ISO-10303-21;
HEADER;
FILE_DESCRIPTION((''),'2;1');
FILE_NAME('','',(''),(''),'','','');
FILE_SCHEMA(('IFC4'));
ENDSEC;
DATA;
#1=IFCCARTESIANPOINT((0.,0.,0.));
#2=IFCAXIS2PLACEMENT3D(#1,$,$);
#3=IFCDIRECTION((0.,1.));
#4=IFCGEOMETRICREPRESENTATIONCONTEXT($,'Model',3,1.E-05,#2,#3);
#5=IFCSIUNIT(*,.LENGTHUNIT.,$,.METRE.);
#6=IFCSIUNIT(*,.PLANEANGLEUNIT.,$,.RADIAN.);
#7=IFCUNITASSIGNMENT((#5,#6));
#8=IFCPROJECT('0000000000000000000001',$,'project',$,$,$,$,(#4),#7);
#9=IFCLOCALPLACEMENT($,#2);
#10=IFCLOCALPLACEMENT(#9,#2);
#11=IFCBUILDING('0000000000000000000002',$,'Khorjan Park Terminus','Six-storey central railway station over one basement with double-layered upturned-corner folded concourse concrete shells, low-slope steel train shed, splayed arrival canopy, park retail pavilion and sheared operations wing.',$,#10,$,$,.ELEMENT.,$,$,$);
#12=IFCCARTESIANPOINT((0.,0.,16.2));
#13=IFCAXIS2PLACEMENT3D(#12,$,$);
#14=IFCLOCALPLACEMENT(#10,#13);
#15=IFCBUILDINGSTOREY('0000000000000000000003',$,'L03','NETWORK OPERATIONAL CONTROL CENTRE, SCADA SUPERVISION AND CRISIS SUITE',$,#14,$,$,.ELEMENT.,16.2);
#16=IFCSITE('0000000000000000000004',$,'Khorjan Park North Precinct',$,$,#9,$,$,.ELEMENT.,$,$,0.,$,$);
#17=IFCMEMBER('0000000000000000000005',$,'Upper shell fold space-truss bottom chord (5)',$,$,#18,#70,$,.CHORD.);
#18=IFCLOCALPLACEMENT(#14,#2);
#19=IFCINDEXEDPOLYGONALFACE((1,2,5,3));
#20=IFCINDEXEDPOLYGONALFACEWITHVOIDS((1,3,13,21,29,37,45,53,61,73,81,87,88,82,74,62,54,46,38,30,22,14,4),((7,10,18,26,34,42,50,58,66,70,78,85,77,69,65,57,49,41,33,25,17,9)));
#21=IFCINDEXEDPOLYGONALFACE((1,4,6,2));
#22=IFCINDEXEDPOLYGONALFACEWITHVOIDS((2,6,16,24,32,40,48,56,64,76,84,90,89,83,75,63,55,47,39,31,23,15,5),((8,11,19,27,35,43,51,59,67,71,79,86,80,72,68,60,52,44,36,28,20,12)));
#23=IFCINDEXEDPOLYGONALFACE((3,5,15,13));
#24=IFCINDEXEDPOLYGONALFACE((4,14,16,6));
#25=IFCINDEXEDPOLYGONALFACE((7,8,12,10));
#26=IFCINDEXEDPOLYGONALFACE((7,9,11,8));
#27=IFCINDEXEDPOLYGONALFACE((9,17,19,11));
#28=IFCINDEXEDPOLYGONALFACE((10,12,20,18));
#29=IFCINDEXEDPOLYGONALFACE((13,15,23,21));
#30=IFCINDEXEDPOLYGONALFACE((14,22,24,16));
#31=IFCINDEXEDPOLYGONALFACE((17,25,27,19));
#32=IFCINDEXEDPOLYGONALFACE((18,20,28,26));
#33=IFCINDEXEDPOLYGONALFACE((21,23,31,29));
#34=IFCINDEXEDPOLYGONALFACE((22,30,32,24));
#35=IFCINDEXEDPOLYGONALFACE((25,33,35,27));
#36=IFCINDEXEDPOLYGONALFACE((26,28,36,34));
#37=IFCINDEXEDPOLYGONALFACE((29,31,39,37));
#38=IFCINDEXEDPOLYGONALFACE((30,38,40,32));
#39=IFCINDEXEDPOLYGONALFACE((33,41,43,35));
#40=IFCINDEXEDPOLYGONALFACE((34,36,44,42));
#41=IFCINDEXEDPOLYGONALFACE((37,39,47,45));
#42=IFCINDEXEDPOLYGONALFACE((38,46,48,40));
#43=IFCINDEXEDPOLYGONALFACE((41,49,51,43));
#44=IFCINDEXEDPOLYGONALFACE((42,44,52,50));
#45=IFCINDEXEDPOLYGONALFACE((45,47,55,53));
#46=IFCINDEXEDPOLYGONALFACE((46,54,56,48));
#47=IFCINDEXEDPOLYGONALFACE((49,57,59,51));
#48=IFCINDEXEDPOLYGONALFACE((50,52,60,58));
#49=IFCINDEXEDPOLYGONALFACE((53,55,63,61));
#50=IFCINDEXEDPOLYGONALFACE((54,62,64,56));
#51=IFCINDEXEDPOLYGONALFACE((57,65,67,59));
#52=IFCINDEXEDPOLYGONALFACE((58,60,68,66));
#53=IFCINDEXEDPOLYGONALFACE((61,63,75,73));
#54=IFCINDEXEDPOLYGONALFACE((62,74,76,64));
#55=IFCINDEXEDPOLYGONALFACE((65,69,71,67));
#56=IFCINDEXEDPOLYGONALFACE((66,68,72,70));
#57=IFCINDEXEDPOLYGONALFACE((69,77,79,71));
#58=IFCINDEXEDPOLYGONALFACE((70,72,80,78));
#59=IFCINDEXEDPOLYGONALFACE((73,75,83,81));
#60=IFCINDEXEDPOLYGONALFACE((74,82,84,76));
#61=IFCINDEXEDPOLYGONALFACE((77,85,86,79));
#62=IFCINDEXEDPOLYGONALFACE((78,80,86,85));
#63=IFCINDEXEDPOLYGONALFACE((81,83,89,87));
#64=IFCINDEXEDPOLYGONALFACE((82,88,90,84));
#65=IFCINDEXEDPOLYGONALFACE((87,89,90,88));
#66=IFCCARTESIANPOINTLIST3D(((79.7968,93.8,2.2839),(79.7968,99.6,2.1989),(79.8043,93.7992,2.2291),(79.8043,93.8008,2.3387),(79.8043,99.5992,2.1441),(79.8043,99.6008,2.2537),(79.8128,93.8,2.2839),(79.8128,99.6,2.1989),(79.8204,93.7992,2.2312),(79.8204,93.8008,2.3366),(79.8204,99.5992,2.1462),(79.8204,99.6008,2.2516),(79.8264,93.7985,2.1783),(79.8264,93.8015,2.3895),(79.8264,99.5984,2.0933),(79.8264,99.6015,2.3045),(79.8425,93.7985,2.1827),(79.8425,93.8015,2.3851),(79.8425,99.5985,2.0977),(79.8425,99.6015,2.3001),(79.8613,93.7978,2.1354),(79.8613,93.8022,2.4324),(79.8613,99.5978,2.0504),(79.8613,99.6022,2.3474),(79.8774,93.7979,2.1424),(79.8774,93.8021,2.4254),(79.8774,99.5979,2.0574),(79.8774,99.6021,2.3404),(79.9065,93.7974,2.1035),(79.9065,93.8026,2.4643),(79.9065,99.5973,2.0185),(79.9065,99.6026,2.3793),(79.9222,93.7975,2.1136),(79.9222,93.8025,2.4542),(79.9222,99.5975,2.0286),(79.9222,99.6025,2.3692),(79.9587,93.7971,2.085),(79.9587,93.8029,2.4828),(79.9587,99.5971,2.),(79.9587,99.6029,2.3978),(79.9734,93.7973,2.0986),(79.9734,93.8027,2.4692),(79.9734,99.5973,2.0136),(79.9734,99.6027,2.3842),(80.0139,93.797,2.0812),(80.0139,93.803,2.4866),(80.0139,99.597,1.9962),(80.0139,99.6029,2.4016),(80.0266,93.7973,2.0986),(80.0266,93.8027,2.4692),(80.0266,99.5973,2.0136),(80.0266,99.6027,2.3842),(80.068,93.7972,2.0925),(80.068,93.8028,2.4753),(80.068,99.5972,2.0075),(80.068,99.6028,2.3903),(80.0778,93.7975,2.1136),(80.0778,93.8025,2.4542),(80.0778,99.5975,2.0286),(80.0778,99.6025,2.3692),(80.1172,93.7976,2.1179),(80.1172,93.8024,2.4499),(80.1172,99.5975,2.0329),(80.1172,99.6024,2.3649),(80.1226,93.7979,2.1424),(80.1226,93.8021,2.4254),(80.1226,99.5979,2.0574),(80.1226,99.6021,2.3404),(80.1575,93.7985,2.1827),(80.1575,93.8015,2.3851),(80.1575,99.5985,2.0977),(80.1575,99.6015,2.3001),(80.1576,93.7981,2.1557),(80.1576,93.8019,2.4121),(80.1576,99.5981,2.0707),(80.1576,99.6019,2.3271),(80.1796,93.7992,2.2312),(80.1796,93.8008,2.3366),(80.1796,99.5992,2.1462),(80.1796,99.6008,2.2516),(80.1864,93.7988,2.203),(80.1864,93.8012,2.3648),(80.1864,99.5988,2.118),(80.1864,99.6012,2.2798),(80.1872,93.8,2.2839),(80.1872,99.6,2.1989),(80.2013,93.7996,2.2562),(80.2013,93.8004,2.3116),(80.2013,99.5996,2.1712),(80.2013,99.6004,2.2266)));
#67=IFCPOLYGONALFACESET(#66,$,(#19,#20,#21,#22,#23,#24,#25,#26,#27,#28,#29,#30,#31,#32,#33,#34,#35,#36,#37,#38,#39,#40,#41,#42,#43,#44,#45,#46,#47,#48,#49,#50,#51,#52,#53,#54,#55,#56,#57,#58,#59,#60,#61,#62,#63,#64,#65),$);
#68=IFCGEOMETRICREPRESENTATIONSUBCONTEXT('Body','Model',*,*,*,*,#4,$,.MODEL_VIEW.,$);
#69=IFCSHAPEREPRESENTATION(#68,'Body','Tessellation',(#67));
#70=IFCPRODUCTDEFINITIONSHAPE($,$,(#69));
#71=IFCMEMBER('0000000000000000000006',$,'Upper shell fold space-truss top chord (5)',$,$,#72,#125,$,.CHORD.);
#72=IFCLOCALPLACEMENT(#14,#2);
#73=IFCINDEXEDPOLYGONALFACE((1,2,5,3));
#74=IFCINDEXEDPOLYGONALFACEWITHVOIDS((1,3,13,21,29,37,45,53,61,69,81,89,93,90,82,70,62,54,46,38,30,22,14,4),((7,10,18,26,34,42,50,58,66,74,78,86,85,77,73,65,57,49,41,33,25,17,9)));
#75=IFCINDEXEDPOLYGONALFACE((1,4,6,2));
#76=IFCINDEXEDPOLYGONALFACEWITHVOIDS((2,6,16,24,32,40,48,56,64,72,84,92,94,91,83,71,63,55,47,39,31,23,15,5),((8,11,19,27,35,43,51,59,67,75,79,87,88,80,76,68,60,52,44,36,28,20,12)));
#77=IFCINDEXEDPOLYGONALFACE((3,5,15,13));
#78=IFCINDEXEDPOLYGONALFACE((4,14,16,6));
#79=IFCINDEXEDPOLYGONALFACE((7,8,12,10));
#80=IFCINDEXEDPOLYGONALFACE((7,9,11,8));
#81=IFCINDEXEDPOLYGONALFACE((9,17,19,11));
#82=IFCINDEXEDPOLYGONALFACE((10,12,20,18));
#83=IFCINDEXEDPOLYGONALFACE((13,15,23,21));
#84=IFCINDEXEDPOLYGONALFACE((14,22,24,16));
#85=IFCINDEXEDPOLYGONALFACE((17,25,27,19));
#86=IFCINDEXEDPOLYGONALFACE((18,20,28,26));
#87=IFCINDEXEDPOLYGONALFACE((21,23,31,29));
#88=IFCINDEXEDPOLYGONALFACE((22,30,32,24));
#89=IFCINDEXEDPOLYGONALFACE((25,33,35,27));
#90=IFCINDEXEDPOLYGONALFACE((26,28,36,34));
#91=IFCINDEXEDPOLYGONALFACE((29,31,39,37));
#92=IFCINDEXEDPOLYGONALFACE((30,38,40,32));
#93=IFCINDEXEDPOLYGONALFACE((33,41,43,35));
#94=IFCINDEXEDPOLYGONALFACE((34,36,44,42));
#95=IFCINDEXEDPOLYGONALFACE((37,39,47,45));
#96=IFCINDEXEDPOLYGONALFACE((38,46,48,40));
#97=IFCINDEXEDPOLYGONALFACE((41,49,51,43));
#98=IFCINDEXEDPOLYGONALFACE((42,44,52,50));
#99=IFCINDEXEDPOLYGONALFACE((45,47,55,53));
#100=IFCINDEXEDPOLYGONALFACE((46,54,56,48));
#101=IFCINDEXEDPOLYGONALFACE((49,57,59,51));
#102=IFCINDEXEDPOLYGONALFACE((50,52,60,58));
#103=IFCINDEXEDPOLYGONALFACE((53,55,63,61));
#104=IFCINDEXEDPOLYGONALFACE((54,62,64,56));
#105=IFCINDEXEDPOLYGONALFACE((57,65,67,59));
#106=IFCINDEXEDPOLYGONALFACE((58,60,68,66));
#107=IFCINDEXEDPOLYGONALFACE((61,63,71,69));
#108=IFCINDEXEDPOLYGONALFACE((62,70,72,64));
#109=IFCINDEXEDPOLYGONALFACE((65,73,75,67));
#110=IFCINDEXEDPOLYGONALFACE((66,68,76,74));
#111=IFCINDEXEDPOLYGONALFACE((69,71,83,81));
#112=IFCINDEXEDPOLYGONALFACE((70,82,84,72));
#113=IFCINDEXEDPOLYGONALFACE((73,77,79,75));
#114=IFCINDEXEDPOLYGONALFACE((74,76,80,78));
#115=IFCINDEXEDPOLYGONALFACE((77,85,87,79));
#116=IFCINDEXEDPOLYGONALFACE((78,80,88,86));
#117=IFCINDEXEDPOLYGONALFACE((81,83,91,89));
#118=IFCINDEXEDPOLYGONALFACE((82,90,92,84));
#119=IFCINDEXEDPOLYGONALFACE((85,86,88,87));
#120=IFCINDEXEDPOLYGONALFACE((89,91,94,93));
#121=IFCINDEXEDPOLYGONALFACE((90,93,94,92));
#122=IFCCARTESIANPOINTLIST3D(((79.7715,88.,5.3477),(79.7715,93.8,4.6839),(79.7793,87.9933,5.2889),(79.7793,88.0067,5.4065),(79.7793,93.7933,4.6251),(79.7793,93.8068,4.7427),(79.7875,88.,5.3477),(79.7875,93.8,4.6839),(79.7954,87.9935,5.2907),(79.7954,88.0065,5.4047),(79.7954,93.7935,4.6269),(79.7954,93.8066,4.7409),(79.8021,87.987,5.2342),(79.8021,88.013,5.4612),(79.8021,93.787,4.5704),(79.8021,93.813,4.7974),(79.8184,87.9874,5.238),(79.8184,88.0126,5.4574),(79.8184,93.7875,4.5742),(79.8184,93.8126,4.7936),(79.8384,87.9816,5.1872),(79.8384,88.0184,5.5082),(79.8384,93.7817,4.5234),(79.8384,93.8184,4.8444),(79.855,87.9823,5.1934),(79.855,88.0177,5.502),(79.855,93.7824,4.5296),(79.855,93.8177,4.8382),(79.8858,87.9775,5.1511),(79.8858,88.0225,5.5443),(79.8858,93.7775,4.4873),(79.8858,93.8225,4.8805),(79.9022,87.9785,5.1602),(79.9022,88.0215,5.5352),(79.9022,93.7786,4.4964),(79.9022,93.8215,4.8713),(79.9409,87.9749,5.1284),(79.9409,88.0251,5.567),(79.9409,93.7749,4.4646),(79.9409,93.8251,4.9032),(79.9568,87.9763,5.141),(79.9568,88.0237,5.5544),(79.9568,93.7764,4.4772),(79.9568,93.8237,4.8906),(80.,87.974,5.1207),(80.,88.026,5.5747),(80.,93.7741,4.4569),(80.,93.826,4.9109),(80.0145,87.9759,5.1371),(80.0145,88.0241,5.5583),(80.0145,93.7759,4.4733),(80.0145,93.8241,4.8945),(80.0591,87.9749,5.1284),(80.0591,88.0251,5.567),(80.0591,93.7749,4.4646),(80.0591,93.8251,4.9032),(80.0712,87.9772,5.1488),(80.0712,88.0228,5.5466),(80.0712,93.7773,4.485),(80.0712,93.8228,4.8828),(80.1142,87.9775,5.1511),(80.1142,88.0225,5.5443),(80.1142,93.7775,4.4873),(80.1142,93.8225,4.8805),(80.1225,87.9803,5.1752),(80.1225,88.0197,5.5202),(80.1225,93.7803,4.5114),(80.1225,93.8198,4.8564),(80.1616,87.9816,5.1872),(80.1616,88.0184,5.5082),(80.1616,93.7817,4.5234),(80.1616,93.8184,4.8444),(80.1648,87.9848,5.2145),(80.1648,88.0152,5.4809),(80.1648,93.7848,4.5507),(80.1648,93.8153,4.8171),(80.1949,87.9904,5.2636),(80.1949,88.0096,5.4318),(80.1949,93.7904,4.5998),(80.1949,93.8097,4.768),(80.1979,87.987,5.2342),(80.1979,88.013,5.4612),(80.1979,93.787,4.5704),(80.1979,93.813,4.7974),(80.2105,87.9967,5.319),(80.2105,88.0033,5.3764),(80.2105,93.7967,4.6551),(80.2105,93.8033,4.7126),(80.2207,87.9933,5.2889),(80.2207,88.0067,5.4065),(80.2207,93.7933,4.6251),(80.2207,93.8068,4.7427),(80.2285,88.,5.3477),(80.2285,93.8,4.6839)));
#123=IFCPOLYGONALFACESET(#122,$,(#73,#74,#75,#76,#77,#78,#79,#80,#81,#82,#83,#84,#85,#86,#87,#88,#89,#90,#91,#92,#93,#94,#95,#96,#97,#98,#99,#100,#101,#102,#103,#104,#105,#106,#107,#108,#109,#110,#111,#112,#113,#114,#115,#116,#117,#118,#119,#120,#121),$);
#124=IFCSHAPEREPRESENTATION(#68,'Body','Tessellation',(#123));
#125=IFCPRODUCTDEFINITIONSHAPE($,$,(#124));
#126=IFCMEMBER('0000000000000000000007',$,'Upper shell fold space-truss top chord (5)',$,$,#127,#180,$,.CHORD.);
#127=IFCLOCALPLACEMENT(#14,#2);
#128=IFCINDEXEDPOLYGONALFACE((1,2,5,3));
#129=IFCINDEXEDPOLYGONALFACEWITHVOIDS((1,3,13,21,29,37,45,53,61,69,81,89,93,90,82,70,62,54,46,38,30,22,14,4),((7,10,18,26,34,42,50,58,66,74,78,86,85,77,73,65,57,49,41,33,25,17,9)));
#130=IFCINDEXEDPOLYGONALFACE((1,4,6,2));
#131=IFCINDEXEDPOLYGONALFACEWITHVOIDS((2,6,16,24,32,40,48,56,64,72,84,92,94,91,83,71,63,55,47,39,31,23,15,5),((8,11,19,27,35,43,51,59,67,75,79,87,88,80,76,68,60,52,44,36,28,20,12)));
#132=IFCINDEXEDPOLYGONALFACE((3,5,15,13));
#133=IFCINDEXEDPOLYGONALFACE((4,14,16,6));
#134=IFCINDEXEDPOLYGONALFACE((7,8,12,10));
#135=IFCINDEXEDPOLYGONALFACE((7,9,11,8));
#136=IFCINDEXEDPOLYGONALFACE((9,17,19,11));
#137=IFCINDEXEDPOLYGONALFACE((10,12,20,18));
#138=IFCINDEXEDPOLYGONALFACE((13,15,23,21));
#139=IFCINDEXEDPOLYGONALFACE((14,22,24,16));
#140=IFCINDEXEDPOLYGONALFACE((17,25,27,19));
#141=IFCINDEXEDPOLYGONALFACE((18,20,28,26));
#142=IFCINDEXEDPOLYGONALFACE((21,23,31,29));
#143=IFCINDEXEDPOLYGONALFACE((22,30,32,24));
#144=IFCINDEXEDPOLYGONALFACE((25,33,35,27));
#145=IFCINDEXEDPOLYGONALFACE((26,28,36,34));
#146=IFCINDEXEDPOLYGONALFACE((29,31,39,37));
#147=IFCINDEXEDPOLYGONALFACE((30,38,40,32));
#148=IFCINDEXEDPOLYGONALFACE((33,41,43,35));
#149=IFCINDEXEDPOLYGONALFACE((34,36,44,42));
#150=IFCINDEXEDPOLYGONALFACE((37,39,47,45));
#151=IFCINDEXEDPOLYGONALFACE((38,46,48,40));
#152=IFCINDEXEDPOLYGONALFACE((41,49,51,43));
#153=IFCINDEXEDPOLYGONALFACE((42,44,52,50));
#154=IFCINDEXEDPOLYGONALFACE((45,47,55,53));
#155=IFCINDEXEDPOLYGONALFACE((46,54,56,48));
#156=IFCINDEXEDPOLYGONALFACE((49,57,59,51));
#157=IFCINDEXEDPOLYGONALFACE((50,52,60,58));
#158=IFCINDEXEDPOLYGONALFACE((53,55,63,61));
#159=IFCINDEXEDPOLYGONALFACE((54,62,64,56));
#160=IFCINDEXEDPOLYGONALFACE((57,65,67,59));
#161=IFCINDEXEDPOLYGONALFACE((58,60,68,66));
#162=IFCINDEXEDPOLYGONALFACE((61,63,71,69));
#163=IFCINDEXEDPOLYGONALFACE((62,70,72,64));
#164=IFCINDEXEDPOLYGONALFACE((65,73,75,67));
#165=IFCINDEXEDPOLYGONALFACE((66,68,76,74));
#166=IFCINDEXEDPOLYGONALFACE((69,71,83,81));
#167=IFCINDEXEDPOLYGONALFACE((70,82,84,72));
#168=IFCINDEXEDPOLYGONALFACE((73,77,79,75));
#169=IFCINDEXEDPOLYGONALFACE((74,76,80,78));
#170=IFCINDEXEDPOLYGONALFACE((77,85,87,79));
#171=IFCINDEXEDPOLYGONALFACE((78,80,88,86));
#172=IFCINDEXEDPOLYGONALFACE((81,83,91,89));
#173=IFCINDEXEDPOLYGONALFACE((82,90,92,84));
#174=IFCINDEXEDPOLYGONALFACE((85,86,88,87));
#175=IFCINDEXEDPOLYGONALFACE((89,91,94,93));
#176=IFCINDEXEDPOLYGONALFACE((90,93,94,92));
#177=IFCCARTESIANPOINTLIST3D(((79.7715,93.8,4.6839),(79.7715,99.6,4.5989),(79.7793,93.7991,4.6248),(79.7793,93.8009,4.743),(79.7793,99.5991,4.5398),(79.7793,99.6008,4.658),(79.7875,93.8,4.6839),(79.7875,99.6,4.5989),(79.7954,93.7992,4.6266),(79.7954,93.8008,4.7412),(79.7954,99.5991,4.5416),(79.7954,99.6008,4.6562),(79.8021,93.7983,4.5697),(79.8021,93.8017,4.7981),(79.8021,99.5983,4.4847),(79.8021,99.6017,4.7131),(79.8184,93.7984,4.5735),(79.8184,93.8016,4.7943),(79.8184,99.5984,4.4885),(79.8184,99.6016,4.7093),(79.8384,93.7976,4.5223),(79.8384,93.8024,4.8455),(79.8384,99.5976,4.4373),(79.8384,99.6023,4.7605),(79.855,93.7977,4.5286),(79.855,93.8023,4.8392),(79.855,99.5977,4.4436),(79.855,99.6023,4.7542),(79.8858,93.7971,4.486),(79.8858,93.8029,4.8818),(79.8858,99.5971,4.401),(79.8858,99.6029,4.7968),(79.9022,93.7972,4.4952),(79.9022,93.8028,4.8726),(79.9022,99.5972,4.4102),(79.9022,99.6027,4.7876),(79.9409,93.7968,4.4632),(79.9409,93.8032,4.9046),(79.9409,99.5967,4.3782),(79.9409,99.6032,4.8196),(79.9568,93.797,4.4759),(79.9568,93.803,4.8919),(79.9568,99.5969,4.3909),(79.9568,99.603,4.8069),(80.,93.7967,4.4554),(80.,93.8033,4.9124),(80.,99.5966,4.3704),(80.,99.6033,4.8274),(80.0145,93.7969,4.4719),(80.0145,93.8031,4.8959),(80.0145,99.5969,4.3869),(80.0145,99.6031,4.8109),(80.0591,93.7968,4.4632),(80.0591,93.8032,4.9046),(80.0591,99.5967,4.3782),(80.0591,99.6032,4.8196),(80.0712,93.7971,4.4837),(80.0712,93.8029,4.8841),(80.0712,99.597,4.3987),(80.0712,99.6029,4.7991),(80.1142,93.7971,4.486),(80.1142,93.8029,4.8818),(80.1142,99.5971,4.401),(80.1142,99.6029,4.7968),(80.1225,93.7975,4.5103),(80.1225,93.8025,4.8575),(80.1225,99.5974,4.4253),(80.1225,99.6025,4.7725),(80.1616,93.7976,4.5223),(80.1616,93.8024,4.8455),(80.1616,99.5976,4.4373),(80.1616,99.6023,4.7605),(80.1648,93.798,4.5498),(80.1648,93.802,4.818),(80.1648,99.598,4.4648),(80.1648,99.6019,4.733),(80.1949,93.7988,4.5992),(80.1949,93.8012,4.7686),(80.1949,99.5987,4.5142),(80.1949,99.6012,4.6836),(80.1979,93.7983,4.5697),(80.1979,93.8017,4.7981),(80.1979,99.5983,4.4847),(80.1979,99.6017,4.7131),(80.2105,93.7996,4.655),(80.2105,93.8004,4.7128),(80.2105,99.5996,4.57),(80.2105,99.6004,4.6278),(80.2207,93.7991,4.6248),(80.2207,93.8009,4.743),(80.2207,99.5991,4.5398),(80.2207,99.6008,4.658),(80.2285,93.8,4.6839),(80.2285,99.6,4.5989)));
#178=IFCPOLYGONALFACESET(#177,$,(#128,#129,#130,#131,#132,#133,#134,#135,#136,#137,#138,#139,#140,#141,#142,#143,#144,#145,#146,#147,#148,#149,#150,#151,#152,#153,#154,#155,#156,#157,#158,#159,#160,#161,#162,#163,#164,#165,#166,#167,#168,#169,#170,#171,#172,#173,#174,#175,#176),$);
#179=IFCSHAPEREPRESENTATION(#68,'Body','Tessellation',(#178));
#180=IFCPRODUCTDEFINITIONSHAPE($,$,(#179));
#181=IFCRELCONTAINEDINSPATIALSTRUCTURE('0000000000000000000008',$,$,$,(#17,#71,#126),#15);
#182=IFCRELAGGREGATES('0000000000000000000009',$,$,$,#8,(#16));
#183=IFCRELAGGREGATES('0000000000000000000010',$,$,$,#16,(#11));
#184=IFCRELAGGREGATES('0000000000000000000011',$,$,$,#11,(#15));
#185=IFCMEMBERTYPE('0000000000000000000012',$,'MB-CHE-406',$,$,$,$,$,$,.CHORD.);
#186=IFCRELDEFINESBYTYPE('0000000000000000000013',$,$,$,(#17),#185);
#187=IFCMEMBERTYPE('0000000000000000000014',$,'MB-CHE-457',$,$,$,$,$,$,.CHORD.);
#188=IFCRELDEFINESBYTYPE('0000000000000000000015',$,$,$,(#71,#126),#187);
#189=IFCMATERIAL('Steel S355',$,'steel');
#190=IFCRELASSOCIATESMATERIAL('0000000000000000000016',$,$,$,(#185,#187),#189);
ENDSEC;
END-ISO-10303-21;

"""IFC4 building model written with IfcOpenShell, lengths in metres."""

from ifc_helpers import new_model, si_unit, direction, frame, origin, origin_2d, place, context, subcontext, project, spatial, hollow_circle, extrude, material, material_profile, profile_set, type_object, element, save


model = new_model("IFC4")

# Units and contexts
model_context = context("Model", 3, precision=1e-05, world=origin(), true_north=direction((0.0, 1.0)))
body_context = subcontext(model_context, "Body", "Model", "MODEL_VIEW")
ifc_project = project(units=[si_unit("LENGTHUNIT", "METRE"), si_unit("PLANEANGLEUNIT", "RADIAN")], contexts=[model_context])

# Site, building, storey
site_placement = place(None, origin())
site = spatial("IfcSite", under=ifc_project, at=site_placement, Name="Khorjan Park North Precinct", CompositionType="ELEMENT", RefElevation=0.0)
building_placement = place(site_placement, origin())
building = spatial("IfcBuilding", under=site, at=building_placement, Name="Khorjan Park Terminus", Description="Six-storey central railway station over one basement with double-layered upturned-corner folded concourse concrete shells, low-slope steel train shed, splayed arrival canopy, park retail pavilion and sheared operations wing.", CompositionType="ELEMENT")
storey_placement = place(building_placement, frame((0.0, 0.0, 16.2)))
storey = spatial("IfcBuildingStorey", under=building, at=storey_placement, Name="L03", Description="NETWORK OPERATIONAL CONTROL CENTRE, SCADA SUPERVISION AND CRISIS SUITE", CompositionType="ELEMENT", Elevation=16.2)

# Members
ifc_material_1 = material(Name="Steel S355", Category="steel")
ifc_material_profile_1 = material_profile(ifc_material_1, hollow_circle(Radius=0.2032, WallThickness=0.016, at=origin_2d()), Name="CHS 406.4x16")
ifc_profile_set_1 = profile_set([ifc_material_profile_1], Name="Steel S355")
member_type_1 = type_object("IfcMemberType", Name="MB-CHE-406", PredefinedType="CHORD", material=ifc_profile_set_1)
member_1_placement = place(storey_placement, frame((80.0, 93.8, 2.2839), z_axis=(0.0, 0.999893, -0.014654), x_axis=(-1.0, 0.0, 0.0)))
element("IfcMember", 1, at=member_1_placement, inside=storey, type_object=member_type_1, Name="Upper shell fold space-truss bottom chord (5)", PredefinedType="CHORD", context=body_context, shape_type="SweptSolid", body=[
    extrude(hollow_circle(Radius=0.2032, WallThickness=0.016, at=origin_2d()), origin(), (0.0, 0.0, 1.0), 5.8006),
])
ifc_material_profile_2 = material_profile(ifc_material_1, hollow_circle(Radius=0.2285, WallThickness=0.016, at=origin_2d()), Name="CHS 457x16")
ifc_profile_set_2 = profile_set([ifc_material_profile_2], Name="Steel S355")
member_type_2 = type_object("IfcMemberType", Name="MB-CHE-457", PredefinedType="CHORD", material=ifc_profile_set_2)
member_2_placement = place(storey_placement, frame((80.0, 88.0, 5.3477), z_axis=(0.0, 0.993514, -0.113706), x_axis=(-1.0, 0.0, 0.0)))
element("IfcMember", 2, at=member_2_placement, inside=storey, type_object=member_type_2, Name="Upper shell fold space-truss top chord (5)", PredefinedType="CHORD", context=body_context, shape_type="SweptSolid", body=[
    extrude(hollow_circle(Radius=0.2285, WallThickness=0.016, at=origin_2d()), origin(), (0.0, 0.0, 1.0), 5.8379),
])
member_3_placement = place(storey_placement, frame((80.0, 93.8, 4.6839), z_axis=(0.0, 0.999893, -0.014654), x_axis=(-1.0, 0.0, 0.0)))
element("IfcMember", 3, at=member_3_placement, inside=storey, type_object=member_type_2, Name="Upper shell fold space-truss top chord (5)", PredefinedType="CHORD", context=body_context, shape_type="SweptSolid", body=[
    extrude(hollow_circle(Radius=0.2285, WallThickness=0.016, at=origin_2d()), origin(), (0.0, 0.0, 1.0), 5.8006),
])

save(model, "model.ifc")
